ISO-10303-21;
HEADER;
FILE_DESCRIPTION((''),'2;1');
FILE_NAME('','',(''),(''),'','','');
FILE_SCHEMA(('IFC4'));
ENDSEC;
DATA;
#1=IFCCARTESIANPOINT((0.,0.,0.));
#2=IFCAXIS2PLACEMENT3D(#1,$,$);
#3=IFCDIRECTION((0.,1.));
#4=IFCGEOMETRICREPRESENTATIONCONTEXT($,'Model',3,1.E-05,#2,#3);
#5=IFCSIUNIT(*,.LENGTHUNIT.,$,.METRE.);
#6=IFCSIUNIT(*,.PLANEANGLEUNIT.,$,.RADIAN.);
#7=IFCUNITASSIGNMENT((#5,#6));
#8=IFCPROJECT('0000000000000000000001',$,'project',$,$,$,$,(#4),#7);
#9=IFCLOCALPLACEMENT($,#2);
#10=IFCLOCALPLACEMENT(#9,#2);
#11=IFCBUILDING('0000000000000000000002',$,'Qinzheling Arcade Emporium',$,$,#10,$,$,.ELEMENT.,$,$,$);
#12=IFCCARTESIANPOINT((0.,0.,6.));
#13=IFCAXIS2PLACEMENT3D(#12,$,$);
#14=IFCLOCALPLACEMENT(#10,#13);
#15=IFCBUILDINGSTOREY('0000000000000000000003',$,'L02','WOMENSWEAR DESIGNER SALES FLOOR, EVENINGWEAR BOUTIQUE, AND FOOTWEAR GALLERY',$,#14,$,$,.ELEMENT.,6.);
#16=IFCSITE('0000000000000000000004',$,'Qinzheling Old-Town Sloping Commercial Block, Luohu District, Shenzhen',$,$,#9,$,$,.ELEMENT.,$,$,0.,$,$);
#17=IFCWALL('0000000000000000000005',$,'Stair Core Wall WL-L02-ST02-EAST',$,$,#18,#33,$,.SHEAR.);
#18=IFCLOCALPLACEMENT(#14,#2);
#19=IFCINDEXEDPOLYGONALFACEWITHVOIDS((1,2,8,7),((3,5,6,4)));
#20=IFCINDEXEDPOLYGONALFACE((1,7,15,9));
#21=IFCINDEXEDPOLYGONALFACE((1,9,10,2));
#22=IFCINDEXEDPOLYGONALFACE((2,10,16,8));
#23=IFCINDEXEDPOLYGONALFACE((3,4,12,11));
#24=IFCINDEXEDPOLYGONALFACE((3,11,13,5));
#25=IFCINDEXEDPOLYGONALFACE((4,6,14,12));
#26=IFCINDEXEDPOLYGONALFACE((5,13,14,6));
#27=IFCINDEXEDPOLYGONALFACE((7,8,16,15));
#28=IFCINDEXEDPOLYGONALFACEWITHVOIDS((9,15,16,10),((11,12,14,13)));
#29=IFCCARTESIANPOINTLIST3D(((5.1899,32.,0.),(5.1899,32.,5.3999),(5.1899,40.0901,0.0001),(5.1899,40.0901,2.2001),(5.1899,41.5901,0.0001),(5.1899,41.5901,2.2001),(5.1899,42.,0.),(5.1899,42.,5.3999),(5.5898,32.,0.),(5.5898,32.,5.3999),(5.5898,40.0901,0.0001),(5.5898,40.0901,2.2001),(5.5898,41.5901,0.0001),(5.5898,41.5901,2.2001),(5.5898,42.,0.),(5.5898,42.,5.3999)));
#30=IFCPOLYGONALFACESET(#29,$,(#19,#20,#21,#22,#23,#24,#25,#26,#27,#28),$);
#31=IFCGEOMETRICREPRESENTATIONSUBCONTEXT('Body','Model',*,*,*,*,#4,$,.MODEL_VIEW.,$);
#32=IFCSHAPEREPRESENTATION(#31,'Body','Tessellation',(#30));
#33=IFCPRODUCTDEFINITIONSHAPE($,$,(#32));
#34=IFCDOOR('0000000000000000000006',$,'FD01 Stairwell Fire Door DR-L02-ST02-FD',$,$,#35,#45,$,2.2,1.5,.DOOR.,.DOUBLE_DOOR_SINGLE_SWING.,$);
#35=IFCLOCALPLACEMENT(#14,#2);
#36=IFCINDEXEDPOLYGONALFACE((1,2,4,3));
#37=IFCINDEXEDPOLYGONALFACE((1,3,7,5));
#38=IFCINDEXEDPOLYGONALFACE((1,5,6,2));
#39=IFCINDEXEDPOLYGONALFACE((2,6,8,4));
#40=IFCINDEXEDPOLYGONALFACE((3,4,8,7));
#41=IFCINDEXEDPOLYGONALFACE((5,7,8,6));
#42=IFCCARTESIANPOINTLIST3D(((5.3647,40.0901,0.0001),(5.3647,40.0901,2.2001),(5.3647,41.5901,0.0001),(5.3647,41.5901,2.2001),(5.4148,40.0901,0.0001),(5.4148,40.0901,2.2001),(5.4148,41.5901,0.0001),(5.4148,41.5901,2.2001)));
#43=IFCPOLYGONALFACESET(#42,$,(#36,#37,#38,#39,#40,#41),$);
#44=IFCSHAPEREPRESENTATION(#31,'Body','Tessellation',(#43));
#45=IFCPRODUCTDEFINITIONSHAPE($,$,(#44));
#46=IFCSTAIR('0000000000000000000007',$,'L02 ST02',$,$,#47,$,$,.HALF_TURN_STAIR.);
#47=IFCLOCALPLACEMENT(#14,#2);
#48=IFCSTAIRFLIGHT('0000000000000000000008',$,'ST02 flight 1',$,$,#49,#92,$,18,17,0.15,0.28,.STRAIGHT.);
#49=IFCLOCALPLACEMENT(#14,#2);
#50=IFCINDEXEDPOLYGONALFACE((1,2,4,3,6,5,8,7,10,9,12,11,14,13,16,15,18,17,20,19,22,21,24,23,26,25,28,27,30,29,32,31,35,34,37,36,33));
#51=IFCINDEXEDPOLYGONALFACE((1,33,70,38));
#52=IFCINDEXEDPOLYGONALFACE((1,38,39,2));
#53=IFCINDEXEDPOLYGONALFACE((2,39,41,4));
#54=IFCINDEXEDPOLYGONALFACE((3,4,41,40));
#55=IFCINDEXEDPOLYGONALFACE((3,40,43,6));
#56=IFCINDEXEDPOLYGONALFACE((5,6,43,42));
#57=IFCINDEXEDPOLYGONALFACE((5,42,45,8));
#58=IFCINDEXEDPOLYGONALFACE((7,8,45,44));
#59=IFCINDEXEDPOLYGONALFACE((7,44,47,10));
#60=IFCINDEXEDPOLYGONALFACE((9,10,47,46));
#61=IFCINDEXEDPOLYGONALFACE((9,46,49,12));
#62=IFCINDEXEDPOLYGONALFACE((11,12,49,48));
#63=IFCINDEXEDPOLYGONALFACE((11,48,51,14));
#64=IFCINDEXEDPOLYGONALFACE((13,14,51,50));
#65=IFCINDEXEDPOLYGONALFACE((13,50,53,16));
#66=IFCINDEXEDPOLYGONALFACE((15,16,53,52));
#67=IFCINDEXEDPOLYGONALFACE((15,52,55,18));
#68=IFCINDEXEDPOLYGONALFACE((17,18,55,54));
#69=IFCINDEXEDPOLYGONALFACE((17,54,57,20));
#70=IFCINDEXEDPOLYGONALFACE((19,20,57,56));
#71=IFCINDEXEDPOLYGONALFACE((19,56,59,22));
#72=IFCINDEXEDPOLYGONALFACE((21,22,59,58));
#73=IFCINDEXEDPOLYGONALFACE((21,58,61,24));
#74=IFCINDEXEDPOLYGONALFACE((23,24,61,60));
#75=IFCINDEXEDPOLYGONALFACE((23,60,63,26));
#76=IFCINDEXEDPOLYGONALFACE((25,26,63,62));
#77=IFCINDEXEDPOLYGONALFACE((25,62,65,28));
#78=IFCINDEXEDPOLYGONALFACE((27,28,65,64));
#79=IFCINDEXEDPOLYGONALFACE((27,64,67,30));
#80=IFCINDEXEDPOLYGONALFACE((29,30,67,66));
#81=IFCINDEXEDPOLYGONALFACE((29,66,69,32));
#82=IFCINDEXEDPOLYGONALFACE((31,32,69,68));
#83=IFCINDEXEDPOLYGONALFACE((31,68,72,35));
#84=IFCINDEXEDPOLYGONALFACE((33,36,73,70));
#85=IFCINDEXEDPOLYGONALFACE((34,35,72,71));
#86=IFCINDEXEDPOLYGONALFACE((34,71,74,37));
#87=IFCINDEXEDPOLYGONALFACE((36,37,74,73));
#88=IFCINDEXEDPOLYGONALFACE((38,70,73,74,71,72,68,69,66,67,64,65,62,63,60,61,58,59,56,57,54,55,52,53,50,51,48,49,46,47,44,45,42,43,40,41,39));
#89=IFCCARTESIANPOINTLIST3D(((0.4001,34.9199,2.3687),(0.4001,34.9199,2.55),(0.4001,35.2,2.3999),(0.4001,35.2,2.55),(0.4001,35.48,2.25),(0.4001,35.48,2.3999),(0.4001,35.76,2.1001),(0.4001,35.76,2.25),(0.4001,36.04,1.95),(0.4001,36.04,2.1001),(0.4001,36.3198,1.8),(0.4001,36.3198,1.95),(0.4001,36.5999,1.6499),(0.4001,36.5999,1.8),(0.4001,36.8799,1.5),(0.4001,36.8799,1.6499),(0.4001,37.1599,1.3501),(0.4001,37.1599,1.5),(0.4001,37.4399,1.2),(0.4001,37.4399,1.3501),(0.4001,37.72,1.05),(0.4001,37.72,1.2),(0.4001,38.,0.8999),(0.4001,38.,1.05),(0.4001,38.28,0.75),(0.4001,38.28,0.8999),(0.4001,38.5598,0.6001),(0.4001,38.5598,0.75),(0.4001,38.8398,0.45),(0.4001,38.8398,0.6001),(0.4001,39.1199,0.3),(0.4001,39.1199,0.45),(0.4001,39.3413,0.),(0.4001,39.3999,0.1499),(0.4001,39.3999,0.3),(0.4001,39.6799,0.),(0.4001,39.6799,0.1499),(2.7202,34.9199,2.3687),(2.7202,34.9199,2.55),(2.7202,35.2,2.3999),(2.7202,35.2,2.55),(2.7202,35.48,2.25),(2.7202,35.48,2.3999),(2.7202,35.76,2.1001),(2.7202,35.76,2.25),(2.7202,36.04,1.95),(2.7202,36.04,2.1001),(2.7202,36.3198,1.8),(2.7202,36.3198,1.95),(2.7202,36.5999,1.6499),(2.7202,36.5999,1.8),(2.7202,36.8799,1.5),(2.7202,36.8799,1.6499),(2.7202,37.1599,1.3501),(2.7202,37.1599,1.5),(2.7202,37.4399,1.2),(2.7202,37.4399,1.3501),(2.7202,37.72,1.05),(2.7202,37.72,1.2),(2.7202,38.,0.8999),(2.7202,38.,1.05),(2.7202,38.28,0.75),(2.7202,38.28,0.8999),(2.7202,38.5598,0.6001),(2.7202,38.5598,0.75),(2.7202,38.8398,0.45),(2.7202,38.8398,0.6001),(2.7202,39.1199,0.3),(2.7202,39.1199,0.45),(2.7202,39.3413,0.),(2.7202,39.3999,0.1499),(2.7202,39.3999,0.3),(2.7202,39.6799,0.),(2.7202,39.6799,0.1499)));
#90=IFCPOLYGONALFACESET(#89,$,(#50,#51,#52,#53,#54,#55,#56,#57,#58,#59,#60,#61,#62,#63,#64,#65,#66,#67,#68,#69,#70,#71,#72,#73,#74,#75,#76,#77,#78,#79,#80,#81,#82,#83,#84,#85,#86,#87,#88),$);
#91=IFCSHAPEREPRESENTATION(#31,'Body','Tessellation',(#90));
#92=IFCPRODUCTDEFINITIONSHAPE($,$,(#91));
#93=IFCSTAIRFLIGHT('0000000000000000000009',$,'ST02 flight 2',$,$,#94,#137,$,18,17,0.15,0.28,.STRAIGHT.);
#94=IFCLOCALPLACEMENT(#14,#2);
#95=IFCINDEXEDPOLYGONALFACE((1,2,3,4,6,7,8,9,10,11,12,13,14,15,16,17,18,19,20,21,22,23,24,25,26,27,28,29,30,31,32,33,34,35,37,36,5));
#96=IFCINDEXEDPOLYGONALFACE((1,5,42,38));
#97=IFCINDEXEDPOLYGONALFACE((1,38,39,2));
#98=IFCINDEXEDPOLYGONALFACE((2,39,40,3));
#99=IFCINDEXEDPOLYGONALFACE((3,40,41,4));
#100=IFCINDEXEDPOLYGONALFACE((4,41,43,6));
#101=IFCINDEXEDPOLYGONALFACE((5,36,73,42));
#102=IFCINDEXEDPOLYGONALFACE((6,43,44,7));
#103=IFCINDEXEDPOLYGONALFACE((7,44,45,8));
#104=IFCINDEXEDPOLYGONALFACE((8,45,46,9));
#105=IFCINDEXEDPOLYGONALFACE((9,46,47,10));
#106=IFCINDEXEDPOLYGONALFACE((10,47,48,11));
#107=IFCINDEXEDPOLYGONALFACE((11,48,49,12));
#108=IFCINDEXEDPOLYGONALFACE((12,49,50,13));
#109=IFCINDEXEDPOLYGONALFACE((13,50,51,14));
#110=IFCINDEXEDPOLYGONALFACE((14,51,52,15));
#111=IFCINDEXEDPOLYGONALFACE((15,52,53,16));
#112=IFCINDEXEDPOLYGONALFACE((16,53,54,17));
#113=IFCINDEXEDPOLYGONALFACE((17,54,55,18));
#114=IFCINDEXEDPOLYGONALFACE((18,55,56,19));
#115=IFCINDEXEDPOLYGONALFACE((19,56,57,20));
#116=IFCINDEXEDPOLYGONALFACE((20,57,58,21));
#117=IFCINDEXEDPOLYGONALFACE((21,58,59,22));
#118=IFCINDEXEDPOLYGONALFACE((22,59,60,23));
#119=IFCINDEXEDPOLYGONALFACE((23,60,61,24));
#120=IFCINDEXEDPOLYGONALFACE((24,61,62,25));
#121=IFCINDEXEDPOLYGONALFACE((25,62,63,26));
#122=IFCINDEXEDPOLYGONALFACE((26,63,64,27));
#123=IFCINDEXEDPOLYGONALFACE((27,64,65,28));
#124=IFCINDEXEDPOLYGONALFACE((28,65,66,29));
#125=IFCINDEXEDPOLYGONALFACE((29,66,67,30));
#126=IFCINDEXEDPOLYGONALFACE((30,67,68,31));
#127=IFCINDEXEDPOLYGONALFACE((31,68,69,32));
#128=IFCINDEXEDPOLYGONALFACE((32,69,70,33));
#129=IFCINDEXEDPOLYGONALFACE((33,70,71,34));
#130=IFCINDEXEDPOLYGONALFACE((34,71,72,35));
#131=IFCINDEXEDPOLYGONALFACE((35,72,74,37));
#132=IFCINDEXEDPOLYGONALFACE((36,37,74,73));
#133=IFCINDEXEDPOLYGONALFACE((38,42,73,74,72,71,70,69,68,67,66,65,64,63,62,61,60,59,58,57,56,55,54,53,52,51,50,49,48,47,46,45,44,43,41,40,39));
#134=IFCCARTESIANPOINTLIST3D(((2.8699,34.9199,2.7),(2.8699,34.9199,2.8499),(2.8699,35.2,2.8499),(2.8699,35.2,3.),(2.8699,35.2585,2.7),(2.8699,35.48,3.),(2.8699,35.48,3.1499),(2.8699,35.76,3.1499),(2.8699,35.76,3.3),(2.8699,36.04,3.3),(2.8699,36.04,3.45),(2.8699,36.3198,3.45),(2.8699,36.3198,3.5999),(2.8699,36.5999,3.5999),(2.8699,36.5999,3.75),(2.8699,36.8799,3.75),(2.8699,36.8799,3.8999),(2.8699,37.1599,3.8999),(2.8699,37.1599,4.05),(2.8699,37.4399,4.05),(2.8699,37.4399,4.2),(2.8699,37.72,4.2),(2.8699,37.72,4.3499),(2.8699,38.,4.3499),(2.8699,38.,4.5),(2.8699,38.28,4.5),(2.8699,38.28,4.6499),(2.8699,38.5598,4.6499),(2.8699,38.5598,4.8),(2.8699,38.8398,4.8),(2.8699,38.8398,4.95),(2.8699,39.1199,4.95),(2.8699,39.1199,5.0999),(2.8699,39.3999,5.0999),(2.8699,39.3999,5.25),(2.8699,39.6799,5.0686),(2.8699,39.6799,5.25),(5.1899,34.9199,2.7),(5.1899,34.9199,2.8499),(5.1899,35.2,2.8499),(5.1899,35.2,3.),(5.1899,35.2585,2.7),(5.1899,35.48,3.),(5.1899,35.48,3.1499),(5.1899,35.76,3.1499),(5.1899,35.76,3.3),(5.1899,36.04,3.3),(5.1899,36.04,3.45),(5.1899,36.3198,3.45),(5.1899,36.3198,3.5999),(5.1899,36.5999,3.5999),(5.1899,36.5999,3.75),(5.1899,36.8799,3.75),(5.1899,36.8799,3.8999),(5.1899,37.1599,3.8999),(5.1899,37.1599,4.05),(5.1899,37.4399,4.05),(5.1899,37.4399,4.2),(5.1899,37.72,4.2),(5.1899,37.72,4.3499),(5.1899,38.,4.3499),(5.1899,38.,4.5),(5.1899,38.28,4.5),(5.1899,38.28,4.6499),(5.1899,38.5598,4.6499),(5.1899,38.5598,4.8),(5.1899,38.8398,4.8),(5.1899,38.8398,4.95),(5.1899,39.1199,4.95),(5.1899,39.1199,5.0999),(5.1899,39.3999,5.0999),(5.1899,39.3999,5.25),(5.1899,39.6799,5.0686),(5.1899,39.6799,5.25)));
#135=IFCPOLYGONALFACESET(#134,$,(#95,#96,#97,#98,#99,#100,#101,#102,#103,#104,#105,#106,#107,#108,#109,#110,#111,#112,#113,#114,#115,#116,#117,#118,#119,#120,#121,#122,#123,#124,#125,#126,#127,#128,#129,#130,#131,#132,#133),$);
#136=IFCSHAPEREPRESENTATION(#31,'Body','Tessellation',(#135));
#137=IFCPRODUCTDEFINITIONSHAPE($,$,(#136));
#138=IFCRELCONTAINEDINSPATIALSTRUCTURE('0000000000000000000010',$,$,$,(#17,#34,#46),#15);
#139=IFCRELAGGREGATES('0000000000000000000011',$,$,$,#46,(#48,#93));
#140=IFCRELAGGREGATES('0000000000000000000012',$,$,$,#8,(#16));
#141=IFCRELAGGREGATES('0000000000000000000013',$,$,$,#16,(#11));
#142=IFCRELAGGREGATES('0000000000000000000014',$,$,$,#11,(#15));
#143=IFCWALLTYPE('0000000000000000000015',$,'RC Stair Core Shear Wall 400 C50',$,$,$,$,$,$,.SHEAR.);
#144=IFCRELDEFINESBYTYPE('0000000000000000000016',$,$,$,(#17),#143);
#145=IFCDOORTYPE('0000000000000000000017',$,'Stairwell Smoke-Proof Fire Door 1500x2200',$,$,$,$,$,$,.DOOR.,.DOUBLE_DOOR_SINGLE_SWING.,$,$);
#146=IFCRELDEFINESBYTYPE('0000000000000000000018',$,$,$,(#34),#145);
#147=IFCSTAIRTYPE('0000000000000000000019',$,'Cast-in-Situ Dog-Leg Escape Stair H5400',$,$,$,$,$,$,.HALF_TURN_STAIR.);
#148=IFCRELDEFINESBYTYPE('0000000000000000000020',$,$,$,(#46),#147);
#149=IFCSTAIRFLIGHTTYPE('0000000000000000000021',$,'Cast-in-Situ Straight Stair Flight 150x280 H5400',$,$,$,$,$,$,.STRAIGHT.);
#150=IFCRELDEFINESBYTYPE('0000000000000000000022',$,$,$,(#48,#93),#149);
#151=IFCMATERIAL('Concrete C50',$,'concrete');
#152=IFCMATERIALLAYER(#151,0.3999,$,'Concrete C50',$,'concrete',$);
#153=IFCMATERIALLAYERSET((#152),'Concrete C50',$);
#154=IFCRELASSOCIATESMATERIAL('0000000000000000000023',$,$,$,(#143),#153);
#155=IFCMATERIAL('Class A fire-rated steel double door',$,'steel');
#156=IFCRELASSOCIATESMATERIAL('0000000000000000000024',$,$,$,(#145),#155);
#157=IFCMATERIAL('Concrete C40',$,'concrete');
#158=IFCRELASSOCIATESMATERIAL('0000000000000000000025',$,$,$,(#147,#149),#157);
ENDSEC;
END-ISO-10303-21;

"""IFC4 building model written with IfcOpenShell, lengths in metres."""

from ifc_helpers import new_model, si_unit, direction, frame, frame_2d, origin, place, context, subcontext, project, spatial, polyline, rectangle, outline, extrude, material, layer, layer_set, type_object, element, fill, aggregate, save


model = new_model("IFC4")

# Units and contexts
model_context = context("Model", 3, precision=1e-05, world=origin(), true_north=direction((0.0, 1.0)))
body_context = subcontext(model_context, "Body", "Model", "MODEL_VIEW")
ifc_project = project(units=[si_unit("LENGTHUNIT", "METRE"), si_unit("PLANEANGLEUNIT", "RADIAN")], contexts=[model_context])

# Site, building, storey
site_placement = place(None, origin())
site = spatial("IfcSite", under=ifc_project, at=site_placement, Name="Qinzheling Old-Town Sloping Commercial Block, Luohu District, Shenzhen", CompositionType="ELEMENT", RefElevation=0.0)
building_placement = place(site_placement, origin())
building = spatial("IfcBuilding", under=site, at=building_placement, Name="Qinzheling Arcade Emporium", CompositionType="ELEMENT")
storey_placement = place(building_placement, frame((0.0, 0.0, 6.0)))
storey = spatial("IfcBuildingStorey", under=building, at=storey_placement, Name="L02", Description="WOMENSWEAR DESIGNER SALES FLOOR, EVENINGWEAR BOUTIQUE, AND FOOTWEAR GALLERY", CompositionType="ELEMENT", Elevation=6.0)

# Shared definitions
ifc_material_1 = material(Name="Concrete C50", Category="concrete")

# Shared definitions
ifc_material_2 = material(Name="Concrete C40", Category="concrete")

# Wall, opening, door
ifc_layer_1 = layer(ifc_material_1, 0.3999, Name="Concrete C50", Category="concrete")
ifc_layer_set_1 = layer_set([ifc_layer_1], Name="Concrete C50")
wall_type_1 = type_object("IfcWallType", Name="RC Stair Core Shear Wall 400 C50", PredefinedType="SHEAR", material=ifc_layer_set_1)
wall_1_placement = place(storey_placement, frame((5.3899, 42.0, 0.0), z_axis=(0.0, 0.0, 1.0), x_axis=(0.0, -1.0, 0.0)))
wall_1 = element("IfcWall", 1, at=wall_1_placement, inside=storey, type_object=wall_type_1, Name="Stair Core Wall WL-L02-ST02-EAST", PredefinedType="SHEAR", context=body_context, shape_type="SweptSolid", body=[
    extrude(rectangle(XDim=10.0, YDim=0.3999, at=frame_2d((5.0, 0.0))), origin(), (0.0, 0.0, 1.0), 5.3999),
])
opening_1_placement = place(wall_1_placement, frame((0.4099, 0.0, 0.0)))
opening_1 = element("IfcOpeningElement", 2, at=opening_1_placement, cuts=wall_1, PredefinedType="OPENING", context=body_context, shape_type="SweptSolid", body=[
    extrude(rectangle(XDim=1.5, YDim=2.2, at=frame_2d((0.75, 1.1001))), frame((0.0, 0.21, 0.0), z_axis=(0.0, -1.0, 0.0), x_axis=(1.0, 0.0, 0.0)), (0.0, 0.0, 1.0), 0.4199),
])
ifc_material_3 = material(Name="Class A fire-rated steel double door", Category="steel")
door_type_1 = type_object("IfcDoorType", Name="Stairwell Smoke-Proof Fire Door 1500x2200", OperationType="DOUBLE_DOOR_SINGLE_SWING", PredefinedType="DOOR", material=ifc_material_3)
door_1_placement = place(opening_1_placement, origin())
door_1 = element("IfcDoor", 3, at=door_1_placement, inside=storey, type_object=door_type_1, Name="FD01 Stairwell Fire Door DR-L02-ST02-FD", OperationType="DOUBLE_DOOR_SINGLE_SWING", OverallHeight=2.2, OverallWidth=1.5, PredefinedType="DOOR", context=body_context, shape_type="SweptSolid", body=[
    extrude(rectangle(XDim=1.5, YDim=2.2, at=frame_2d((0.75, 1.1001))), frame((0.0, 0.0249, 0.0), z_axis=(0.0, -1.0, 0.0), x_axis=(1.0, 0.0, 0.0)), (0.0, 0.0, 1.0), 0.05),
])
fill(opening_1, door_1)

# Stair, stair flights
stair_type = type_object("IfcStairType", Name="Cast-in-Situ Dog-Leg Escape Stair H5400", PredefinedType="HALF_TURN_STAIR", material=ifc_material_2)
stair_placement = place(storey_placement, origin())
stair = element("IfcStair", 4, at=stair_placement, inside=storey, type_object=stair_type, Name="L02 ST02", PredefinedType="HALF_TURN_STAIR")
stair_flight_type = type_object("IfcStairFlightType", Name="Cast-in-Situ Straight Stair Flight 150x280 H5400", PredefinedType="STRAIGHT", material=ifc_material_2)
stair_flight_1_placement = place(storey_placement, frame((1.5601, 39.6799, 0.0), z_axis=(0.0, 0.0, 1.0), x_axis=(0.0, -1.0, 0.0)))
stair_flight_1 = element("IfcStairFlight", 5, at=stair_flight_1_placement, type_object=stair_flight_type, Name="ST02 flight 1", NumberOfRisers=18, NumberOfTreads=17, PredefinedType="STRAIGHT", RiserHeight=0.15, TreadLength=0.28, context=body_context, shape_type="SweptSolid", body=[
    extrude(outline(polyline([(0.0, 0.0), (0.0, 0.1499), (0.28, 0.1499), (0.28, 0.3), (0.5601, 0.3), (0.5601, 0.45), (0.8401, 0.45), (0.8401, 0.6001), (1.1201, 0.6001), (1.1201, 0.75), (1.3999, 0.75), (1.3999, 0.8999), (1.6799, 0.8999), (1.6799, 1.05), (1.96, 1.05), (1.96, 1.2), (2.24, 1.2), (2.24, 1.3501), (2.52, 1.3501), (2.52, 1.5), (2.8, 1.5), (2.8, 1.6499), (3.0801, 1.6499), (3.0801, 1.8), (3.3601, 1.8), (3.3601, 1.95), (3.6399, 1.95), (3.6399, 2.1001), (3.9199, 2.1001), (3.9199, 2.25), (4.2, 2.25), (4.2, 2.3999), (4.48, 2.3999), (4.48, 2.55), (4.76, 2.55), (4.76, 2.7), (4.76, 2.3687), (0.3386, 0.0), (0.0, 0.0)])), frame((0.0, 1.1602, 0.0), z_axis=(0.0, -1.0, 0.0), x_axis=(1.0, 0.0, 0.0)), (0.0, 0.0, 1.0), 2.3201),
])
stair_flight_2_placement = place(storey_placement, frame((4.03, 34.9199, 2.7), z_axis=(0.0, 0.0, 1.0), x_axis=(0.0, 1.0, 0.0)))
stair_flight_2 = element("IfcStairFlight", 6, at=stair_flight_2_placement, type_object=stair_flight_type, Name="ST02 flight 2", NumberOfRisers=18, NumberOfTreads=17, PredefinedType="STRAIGHT", RiserHeight=0.15, TreadLength=0.28, context=body_context, shape_type="SweptSolid", body=[
    extrude(outline(polyline([(0.0, 0.0), (0.0, 0.1499), (0.28, 0.1499), (0.28, 0.3), (0.5601, 0.3), (0.5601, 0.45), (0.8401, 0.45), (0.8401, 0.6001), (1.1201, 0.6001), (1.1201, 0.75), (1.3999, 0.75), (1.3999, 0.8999), (1.6799, 0.8999), (1.6799, 1.05), (1.96, 1.05), (1.96, 1.2), (2.24, 1.2), (2.24, 1.3501), (2.52, 1.3501), (2.52, 1.5), (2.8, 1.5), (2.8, 1.6499), (3.0801, 1.6499), (3.0801, 1.8), (3.3601, 1.8), (3.3601, 1.95), (3.6399, 1.95), (3.6399, 2.1001), (3.9199, 2.1001), (3.9199, 2.25), (4.2, 2.25), (4.2, 2.3999), (4.48, 2.3999), (4.48, 2.55), (4.76, 2.55), (4.76, 2.7), (4.76, 2.3687), (0.3386, 0.0), (0.0, 0.0)])), frame((0.0, 1.1602, 0.0), z_axis=(0.0, -1.0, 0.0), x_axis=(1.0, 0.0, 0.0)), (0.0, 0.0, 1.0), 2.3201),
])
aggregate(stair, [stair_flight_1, stair_flight_2])

save(model, "model.ifc")
